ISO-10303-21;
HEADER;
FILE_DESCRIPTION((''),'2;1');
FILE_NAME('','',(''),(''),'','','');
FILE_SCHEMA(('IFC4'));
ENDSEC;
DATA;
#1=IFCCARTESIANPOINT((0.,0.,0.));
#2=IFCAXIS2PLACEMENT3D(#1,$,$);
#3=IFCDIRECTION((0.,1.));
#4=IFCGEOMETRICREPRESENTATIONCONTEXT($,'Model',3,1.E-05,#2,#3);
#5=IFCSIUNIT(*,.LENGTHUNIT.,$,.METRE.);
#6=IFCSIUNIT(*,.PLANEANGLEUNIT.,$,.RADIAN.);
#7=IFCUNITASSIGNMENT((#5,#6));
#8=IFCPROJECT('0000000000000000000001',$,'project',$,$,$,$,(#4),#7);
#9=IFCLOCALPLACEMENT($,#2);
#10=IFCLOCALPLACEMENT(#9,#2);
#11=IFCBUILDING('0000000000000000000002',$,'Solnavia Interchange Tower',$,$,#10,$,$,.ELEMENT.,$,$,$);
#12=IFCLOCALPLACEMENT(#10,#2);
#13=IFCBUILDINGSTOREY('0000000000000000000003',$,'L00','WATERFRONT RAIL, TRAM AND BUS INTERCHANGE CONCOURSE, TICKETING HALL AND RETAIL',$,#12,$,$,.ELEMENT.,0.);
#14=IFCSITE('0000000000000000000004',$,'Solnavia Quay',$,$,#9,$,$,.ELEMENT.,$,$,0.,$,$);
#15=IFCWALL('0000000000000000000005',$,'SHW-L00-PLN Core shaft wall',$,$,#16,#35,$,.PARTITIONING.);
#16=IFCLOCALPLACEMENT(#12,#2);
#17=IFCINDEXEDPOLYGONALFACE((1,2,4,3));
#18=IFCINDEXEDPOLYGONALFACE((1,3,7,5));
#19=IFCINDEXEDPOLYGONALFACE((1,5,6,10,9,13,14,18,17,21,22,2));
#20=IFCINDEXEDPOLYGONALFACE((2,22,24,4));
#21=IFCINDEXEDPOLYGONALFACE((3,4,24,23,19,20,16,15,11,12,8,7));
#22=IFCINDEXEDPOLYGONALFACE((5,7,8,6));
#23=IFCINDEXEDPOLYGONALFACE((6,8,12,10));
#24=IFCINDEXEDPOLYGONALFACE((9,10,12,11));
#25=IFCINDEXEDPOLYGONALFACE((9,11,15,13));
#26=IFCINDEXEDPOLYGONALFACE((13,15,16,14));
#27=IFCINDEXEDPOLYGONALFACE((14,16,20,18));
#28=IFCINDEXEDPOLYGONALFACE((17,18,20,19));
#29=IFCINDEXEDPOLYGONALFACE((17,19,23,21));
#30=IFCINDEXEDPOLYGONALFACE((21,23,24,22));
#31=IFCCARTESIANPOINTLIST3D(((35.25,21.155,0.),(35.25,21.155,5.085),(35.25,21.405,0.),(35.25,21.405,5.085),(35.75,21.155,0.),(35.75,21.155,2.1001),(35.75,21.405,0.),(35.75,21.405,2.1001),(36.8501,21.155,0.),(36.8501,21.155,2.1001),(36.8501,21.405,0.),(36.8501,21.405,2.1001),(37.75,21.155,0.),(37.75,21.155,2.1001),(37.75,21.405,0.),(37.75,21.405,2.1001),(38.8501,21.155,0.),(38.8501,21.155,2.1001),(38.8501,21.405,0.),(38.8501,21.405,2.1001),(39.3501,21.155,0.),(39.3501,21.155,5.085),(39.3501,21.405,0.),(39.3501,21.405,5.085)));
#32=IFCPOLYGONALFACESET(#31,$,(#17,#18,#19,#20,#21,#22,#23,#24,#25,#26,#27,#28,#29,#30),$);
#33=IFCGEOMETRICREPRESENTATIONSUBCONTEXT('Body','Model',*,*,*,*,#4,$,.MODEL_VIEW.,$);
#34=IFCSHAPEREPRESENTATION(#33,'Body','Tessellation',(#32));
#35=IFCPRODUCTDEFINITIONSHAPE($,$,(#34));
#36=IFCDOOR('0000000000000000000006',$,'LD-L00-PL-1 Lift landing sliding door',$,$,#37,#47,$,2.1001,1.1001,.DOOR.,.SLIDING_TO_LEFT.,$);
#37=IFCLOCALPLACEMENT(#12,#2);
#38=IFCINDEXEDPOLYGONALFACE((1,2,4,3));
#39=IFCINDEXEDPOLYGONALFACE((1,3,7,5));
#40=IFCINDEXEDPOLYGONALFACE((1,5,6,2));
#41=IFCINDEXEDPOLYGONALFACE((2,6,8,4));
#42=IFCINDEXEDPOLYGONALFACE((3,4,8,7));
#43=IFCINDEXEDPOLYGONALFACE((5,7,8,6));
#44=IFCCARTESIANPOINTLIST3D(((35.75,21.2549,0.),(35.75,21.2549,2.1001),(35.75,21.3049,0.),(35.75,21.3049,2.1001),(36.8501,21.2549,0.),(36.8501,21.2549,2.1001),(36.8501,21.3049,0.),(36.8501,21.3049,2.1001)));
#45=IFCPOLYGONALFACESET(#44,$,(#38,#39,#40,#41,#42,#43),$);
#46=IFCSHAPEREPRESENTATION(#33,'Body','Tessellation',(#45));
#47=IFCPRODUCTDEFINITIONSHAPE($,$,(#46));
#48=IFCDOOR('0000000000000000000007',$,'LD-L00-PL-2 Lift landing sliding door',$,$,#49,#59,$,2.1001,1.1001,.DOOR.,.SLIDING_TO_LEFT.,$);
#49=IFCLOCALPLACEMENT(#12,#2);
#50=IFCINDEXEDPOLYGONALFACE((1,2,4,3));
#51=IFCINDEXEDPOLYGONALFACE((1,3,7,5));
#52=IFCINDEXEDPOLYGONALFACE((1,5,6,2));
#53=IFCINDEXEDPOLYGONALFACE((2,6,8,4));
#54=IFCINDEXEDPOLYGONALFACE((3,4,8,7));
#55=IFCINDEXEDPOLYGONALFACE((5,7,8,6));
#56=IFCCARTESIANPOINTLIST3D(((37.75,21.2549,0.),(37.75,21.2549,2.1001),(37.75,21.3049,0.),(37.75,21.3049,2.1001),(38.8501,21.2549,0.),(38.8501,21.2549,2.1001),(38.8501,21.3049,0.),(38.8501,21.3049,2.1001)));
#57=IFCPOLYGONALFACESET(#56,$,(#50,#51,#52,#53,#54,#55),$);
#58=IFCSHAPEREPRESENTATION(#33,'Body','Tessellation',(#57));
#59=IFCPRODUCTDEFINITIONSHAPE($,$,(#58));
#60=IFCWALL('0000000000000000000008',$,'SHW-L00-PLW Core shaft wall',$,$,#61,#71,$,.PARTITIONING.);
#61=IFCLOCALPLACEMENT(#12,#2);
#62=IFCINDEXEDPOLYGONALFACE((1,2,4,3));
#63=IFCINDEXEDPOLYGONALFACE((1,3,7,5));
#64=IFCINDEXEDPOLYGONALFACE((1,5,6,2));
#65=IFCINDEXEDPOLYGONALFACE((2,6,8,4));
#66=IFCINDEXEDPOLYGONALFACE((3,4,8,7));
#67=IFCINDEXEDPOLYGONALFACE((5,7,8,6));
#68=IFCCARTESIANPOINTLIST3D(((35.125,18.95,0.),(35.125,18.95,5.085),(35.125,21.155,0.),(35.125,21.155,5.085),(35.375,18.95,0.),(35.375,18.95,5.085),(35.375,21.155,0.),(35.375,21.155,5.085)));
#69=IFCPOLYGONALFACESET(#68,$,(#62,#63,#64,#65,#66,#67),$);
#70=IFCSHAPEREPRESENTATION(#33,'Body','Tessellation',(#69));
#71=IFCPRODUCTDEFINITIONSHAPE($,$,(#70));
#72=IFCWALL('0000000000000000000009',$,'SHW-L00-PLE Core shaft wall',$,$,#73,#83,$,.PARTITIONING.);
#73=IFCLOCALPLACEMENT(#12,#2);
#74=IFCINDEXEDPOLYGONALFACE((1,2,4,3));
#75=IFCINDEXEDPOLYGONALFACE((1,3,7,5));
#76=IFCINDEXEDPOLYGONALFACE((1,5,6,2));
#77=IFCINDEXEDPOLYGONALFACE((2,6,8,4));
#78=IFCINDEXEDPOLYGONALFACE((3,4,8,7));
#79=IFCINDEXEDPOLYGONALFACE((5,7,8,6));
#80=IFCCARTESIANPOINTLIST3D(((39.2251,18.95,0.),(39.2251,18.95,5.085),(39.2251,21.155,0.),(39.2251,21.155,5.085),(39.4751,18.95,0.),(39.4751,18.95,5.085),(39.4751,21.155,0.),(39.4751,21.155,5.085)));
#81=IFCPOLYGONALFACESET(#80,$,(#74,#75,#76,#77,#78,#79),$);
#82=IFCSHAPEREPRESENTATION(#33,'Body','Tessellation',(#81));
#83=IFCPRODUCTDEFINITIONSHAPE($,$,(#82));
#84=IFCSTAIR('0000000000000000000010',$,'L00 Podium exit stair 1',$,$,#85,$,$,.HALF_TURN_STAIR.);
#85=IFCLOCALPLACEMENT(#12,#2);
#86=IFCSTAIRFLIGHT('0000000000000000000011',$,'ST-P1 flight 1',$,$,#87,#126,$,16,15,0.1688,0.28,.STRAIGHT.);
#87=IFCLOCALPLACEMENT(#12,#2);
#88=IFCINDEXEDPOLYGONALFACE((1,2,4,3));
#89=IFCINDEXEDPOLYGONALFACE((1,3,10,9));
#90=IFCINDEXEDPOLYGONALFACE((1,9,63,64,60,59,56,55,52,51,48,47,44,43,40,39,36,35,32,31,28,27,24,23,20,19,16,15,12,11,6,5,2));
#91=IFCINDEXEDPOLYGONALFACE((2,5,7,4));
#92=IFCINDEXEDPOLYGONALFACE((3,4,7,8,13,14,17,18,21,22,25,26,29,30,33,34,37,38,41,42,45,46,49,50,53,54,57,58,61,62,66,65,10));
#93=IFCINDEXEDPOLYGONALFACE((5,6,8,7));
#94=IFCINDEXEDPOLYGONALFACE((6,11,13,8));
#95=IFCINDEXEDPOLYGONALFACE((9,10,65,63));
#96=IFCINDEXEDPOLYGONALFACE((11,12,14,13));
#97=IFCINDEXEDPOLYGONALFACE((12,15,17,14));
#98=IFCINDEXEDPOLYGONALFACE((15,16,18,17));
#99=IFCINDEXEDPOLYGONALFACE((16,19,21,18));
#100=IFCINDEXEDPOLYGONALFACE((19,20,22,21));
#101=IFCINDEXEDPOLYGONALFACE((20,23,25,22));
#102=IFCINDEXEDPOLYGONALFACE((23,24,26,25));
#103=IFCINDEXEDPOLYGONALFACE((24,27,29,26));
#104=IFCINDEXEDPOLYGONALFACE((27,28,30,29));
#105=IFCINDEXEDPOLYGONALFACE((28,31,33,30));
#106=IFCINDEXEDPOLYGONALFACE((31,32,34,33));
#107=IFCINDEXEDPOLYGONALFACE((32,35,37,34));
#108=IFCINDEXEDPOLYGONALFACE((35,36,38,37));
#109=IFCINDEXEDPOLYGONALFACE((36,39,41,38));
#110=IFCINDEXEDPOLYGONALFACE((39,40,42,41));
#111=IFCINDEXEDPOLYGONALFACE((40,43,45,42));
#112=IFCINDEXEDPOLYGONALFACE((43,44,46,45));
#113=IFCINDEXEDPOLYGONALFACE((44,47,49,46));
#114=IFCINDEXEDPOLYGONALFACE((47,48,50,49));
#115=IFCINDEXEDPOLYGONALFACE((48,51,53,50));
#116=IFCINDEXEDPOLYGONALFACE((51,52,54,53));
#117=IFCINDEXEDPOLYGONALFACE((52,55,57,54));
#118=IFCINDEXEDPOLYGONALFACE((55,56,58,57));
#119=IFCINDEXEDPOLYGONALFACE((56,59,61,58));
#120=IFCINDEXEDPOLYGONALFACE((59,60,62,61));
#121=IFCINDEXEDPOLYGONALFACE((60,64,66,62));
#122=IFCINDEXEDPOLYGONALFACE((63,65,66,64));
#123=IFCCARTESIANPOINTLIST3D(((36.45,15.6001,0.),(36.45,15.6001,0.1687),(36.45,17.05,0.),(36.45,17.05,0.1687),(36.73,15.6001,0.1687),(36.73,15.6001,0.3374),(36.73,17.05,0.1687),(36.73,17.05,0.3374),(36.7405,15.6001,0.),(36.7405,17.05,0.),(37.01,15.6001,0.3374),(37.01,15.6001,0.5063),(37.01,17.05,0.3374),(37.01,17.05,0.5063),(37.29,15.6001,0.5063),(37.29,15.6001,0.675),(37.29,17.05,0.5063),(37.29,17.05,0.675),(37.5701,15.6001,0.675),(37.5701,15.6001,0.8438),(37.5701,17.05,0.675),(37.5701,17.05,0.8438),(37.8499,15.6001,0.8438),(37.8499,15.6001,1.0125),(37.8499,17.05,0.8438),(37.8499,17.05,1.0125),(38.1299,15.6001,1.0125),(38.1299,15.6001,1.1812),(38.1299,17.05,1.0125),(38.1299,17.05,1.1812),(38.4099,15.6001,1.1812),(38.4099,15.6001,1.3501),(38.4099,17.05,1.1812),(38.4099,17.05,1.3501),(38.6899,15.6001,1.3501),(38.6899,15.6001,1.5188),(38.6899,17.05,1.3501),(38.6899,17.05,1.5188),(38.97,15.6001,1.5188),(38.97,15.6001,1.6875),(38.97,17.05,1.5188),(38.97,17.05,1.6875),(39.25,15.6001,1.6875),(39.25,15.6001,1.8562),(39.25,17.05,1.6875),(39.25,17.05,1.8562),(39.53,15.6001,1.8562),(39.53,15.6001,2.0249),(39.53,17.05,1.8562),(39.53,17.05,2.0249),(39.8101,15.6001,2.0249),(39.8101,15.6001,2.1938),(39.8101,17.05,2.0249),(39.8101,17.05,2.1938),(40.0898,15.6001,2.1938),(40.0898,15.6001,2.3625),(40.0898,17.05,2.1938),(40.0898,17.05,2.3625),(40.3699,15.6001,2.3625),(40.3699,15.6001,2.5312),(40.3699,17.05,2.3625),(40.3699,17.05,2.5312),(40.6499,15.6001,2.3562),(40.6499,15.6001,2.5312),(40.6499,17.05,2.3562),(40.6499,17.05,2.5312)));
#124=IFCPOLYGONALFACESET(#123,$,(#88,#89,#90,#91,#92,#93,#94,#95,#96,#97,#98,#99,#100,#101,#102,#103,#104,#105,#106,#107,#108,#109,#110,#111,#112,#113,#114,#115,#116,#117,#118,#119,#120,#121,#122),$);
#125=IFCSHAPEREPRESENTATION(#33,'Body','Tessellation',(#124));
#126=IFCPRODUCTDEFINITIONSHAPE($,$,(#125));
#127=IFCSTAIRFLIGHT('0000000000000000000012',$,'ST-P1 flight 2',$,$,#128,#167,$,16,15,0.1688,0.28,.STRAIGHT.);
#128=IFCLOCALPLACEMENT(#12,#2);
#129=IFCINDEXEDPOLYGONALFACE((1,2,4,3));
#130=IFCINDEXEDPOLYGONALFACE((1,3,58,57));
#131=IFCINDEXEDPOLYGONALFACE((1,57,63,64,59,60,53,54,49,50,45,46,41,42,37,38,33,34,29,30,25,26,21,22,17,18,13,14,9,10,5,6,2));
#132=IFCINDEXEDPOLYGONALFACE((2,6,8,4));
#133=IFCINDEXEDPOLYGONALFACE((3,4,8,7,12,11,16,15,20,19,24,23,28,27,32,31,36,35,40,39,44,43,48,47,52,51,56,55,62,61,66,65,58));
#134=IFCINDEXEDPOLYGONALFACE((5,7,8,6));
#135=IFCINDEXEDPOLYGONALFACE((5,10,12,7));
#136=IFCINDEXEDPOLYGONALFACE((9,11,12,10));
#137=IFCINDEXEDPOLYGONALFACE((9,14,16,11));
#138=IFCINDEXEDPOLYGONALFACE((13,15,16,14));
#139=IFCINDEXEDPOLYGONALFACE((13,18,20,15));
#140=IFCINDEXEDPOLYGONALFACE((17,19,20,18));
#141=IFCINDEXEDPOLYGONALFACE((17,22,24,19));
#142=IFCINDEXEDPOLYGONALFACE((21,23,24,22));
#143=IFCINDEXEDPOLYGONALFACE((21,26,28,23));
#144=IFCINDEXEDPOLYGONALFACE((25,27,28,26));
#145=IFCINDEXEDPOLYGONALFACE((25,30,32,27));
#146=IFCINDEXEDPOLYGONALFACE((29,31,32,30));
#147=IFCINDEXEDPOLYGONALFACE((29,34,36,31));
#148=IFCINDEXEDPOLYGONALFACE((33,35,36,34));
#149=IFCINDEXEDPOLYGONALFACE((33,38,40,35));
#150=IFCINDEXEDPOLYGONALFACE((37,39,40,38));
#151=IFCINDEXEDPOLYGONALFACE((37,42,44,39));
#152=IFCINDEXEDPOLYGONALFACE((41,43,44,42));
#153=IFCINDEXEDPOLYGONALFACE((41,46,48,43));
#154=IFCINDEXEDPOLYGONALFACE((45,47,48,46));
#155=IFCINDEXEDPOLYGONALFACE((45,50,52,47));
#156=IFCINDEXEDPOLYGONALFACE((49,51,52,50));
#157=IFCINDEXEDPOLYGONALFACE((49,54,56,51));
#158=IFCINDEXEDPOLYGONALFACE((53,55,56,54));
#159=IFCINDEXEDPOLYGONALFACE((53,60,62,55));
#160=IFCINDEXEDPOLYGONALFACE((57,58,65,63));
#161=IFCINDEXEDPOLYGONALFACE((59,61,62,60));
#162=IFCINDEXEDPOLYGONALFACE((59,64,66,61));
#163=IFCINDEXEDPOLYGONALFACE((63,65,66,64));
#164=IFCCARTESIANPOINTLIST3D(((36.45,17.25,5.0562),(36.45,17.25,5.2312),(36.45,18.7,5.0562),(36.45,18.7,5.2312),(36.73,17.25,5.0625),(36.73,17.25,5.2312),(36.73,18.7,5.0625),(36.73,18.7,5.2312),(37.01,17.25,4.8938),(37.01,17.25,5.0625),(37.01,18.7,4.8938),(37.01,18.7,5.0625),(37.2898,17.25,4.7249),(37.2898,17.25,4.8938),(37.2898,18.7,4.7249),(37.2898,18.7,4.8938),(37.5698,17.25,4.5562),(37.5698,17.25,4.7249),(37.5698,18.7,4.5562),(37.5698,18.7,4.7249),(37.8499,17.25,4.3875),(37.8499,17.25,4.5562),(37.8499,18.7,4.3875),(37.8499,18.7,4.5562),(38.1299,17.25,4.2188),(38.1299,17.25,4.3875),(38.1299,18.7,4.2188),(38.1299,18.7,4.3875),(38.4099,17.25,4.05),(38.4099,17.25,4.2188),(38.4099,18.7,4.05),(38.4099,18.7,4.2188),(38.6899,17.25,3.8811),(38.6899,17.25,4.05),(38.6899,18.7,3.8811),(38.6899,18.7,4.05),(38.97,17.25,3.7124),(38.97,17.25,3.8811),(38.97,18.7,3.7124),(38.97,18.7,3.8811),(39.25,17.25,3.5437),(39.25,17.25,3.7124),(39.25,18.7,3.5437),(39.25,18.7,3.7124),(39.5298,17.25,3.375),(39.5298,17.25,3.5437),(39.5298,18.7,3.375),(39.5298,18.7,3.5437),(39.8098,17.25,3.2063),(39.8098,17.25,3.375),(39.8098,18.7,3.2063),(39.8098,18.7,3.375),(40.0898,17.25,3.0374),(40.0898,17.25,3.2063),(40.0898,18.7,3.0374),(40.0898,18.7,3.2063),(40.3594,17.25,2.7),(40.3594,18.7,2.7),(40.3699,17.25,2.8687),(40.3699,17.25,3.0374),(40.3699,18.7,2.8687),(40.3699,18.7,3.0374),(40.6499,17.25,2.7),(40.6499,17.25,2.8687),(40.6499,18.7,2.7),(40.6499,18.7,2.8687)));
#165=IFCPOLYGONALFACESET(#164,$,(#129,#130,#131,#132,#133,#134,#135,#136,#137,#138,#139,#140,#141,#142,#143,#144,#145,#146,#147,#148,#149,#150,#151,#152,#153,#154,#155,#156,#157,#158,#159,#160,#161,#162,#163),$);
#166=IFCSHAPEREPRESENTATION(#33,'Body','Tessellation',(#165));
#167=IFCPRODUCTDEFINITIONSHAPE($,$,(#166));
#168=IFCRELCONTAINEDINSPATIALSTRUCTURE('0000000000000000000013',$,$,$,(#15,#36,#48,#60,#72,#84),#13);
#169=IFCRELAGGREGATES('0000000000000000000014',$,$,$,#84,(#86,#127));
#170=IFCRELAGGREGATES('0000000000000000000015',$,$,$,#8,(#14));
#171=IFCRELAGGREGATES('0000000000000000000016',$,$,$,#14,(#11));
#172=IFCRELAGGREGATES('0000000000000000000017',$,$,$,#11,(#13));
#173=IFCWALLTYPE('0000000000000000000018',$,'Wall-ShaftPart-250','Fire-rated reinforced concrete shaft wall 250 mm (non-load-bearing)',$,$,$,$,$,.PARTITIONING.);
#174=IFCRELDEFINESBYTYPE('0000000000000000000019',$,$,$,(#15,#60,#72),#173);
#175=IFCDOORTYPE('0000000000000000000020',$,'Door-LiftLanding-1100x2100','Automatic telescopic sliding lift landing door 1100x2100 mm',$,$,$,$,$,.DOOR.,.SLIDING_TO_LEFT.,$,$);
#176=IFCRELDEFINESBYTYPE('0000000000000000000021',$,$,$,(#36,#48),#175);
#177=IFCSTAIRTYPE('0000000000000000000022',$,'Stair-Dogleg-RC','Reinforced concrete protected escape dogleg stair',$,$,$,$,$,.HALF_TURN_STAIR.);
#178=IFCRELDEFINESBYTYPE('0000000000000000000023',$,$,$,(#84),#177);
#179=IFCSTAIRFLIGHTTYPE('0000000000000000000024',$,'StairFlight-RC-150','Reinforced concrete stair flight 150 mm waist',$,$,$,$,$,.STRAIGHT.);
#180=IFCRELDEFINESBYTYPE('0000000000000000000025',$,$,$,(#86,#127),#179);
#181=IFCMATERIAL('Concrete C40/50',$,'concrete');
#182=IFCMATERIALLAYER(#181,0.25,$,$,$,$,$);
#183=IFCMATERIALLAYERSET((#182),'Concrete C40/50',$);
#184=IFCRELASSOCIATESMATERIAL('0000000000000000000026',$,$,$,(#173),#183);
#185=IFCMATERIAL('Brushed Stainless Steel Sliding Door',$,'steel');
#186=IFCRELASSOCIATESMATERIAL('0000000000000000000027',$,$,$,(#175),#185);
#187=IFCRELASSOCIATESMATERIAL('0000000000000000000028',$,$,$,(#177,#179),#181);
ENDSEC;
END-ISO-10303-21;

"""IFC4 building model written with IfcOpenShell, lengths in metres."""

from ifc_helpers import new_model, si_unit, direction, frame, frame_2d, origin, place, context, subcontext, project, spatial, polyline, rectangle, outline, extrude, material, layer, layer_set, type_object, element, fill, aggregate, save


model = new_model("IFC4")

# Units and contexts
model_context = context("Model", 3, precision=1e-05, world=origin(), true_north=direction((0.0, 1.0)))
body_context = subcontext(model_context, "Body", "Model", "MODEL_VIEW")
ifc_project = project(units=[si_unit("LENGTHUNIT", "METRE"), si_unit("PLANEANGLEUNIT", "RADIAN")], contexts=[model_context])

# Site, building, storey
site_placement = place(None, origin())
site = spatial("IfcSite", under=ifc_project, at=site_placement, Name="Solnavia Quay", CompositionType="ELEMENT", RefElevation=0.0)
building_placement = place(site_placement, origin())
building = spatial("IfcBuilding", under=site, at=building_placement, Name="Solnavia Interchange Tower", CompositionType="ELEMENT")
storey_placement = place(building_placement, origin())
storey = spatial("IfcBuildingStorey", under=building, at=storey_placement, Name="L00", Description="WATERFRONT RAIL, TRAM AND BUS INTERCHANGE CONCOURSE, TICKETING HALL AND RETAIL", CompositionType="ELEMENT", Elevation=0.0)

# Shared definitions
ifc_material_1 = material(Name="Concrete C40/50", Category="concrete")

# Wall, openings, doors
ifc_layer_1 = layer(ifc_material_1, 0.25)
ifc_layer_set_1 = layer_set([ifc_layer_1], Name="Concrete C40/50")
wall_type_1 = type_object("IfcWallType", Name="Wall-ShaftPart-250", Description="Fire-rated reinforced concrete shaft wall 250 mm (non-load-bearing)", PredefinedType="PARTITIONING", material=ifc_layer_set_1)
wall_placement = place(storey_placement, frame((35.25, 21.28, 0.0), z_axis=(0.0, 0.0, 1.0), x_axis=(1.0, 0.0, 0.0)))
wall = element("IfcWall", 1, at=wall_placement, inside=storey, type_object=wall_type_1, Name="SHW-L00-PLN Core shaft wall", PredefinedType="PARTITIONING", context=body_context, shape_type="SweptSolid", body=[
    extrude(rectangle(XDim=4.1001, YDim=0.25, at=frame_2d((2.05, 0.0))), origin(), (0.0, 0.0, 1.0), 5.085),
])
opening_1_placement = place(wall_placement, frame((0.5, 0.0, 0.0)))
opening_1 = element("IfcOpeningElement", 2, at=opening_1_placement, cuts=wall, PredefinedType="OPENING", context=body_context, shape_type="SweptSolid", body=[
    extrude(rectangle(XDim=1.1001, YDim=2.1001, at=frame_2d((0.55, 1.05))), frame((0.0, 0.135, 0.0), z_axis=(0.0, -1.0, 0.0), x_axis=(1.0, 0.0, 0.0)), (0.0, 0.0, 1.0), 0.27),
])
opening_2_placement = place(wall_placement, frame((2.5, 0.0, 0.0)))
opening_2 = element("IfcOpeningElement", 3, at=opening_2_placement, cuts=wall, PredefinedType="OPENING", context=body_context, shape_type="SweptSolid", body=[
    extrude(rectangle(XDim=1.1001, YDim=2.1001, at=frame_2d((0.55, 1.05))), frame((0.0, 0.135, 0.0), z_axis=(0.0, -1.0, 0.0), x_axis=(1.0, 0.0, 0.0)), (0.0, 0.0, 1.0), 0.27),
])
ifc_material_2 = material(Name="Brushed Stainless Steel Sliding Door", Category="steel")
door_type = type_object("IfcDoorType", Name="Door-LiftLanding-1100x2100", Description="Automatic telescopic sliding lift landing door 1100x2100 mm", OperationType="SLIDING_TO_LEFT", PredefinedType="DOOR", material=ifc_material_2)
door_1_placement = place(opening_1_placement, origin())
door_1 = element("IfcDoor", 4, at=door_1_placement, inside=storey, type_object=door_type, Name="LD-L00-PL-1 Lift landing sliding door", OperationType="SLIDING_TO_LEFT", OverallHeight=2.1001, OverallWidth=1.1001, PredefinedType="DOOR", context=body_context, shape_type="SweptSolid", body=[
    extrude(rectangle(XDim=1.1001, YDim=2.1001, at=frame_2d((0.55, 1.05))), frame((0.0, 0.0249, 0.0), z_axis=(0.0, -1.0, 0.0), x_axis=(1.0, 0.0, 0.0)), (0.0, 0.0, 1.0), 0.05),
])
fill(opening_1, door_1)
door_2_placement = place(opening_2_placement, origin())
door_2 = element("IfcDoor", 5, at=door_2_placement, inside=storey, type_object=door_type, Name="LD-L00-PL-2 Lift landing sliding door", OperationType="SLIDING_TO_LEFT", OverallHeight=2.1001, OverallWidth=1.1001, PredefinedType="DOOR", context=body_context, shape_type="SweptSolid", body=[
    extrude(rectangle(XDim=1.1001, YDim=2.1001, at=frame_2d((0.55, 1.05))), frame((0.0, 0.0249, 0.0), z_axis=(0.0, -1.0, 0.0), x_axis=(1.0, 0.0, 0.0)), (0.0, 0.0, 1.0), 0.05),
])
fill(opening_2, door_2)

# Walls
for number, where, z_axis, x_axis, name in (
    (6, (35.25, 18.95, 0.0), (0.0, 0.0, 1.0), (0.0, 1.0, 0.0), "SHW-L00-PLW Core shaft wall"),
    (7, (39.3501, 18.95, 0.0), (0.0, 0.0, 1.0), (0.0, 1.0, 0.0), "SHW-L00-PLE Core shaft wall"),
):
    element("IfcWall", number, at=place(storey_placement, frame(where, z_axis=z_axis, x_axis=x_axis)), inside=storey, type_object=wall_type_1, Name=name, PredefinedType="PARTITIONING", context=body_context, shape_type="SweptSolid", body=[
        extrude(rectangle(XDim=2.2051, YDim=0.25, at=frame_2d((1.1025, 0.0))), origin(), (0.0, 0.0, 1.0), 5.085),
    ])

# Stair, stair flights
stair_type = type_object("IfcStairType", Name="Stair-Dogleg-RC", Description="Reinforced concrete protected escape dogleg stair", PredefinedType="HALF_TURN_STAIR", material=ifc_material_1)
stair_placement = place(storey_placement, origin())
stair = element("IfcStair", 8, at=stair_placement, inside=storey, type_object=stair_type, Name="L00 Podium exit stair 1", PredefinedType="HALF_TURN_STAIR")
stair_flight_type = type_object("IfcStairFlightType", Name="StairFlight-RC-150", Description="Reinforced concrete stair flight 150 mm waist", PredefinedType="STRAIGHT", material=ifc_material_1)
stair_flight_1_placement = place(storey_placement, frame((36.45, 16.325, 0.0), z_axis=(0.0, 0.0, 1.0), x_axis=(1.0, 0.0, 0.0)))
stair_flight_1 = element("IfcStairFlight", 9, at=stair_flight_1_placement, type_object=stair_flight_type, Name="ST-P1 flight 1", NumberOfRisers=16, NumberOfTreads=15, PredefinedType="STRAIGHT", RiserHeight=0.1688, TreadLength=0.28, context=body_context, shape_type="SweptSolid", body=[
    extrude(outline(polyline([(0.0, 0.0), (0.0, 0.1687), (0.28, 0.1687), (0.28, 0.3374), (0.5601, 0.3374), (0.5601, 0.5063), (0.8401, 0.5063), (0.8401, 0.675), (1.1201, 0.675), (1.1201, 0.8438), (1.3999, 0.8438), (1.3999, 1.0125), (1.6799, 1.0125), (1.6799, 1.1812), (1.96, 1.1812), (1.96, 1.3501), (2.24, 1.3501), (2.24, 1.5188), (2.52, 1.5188), (2.52, 1.6875), (2.8, 1.6875), (2.8, 1.8562), (3.0801, 1.8562), (3.0801, 2.0249), (3.3601, 2.0249), (3.3601, 2.1938), (3.6399, 2.1938), (3.6399, 2.3625), (3.9199, 2.3625), (3.9199, 2.5312), (4.2, 2.5312), (4.2, 2.7), (4.2, 2.3562), (0.2905, 0.0), (0.0, 0.0)])), frame((0.0, 0.7251, 0.0), z_axis=(0.0, -1.0, 0.0), x_axis=(1.0, 0.0, 0.0)), (0.0, 0.0, 1.0), 1.45),
])
stair_flight_2_placement = place(storey_placement, frame((40.6499, 17.9751, 2.7), z_axis=(0.0, 0.0, 1.0), x_axis=(-1.0, 0.0, 0.0)))
stair_flight_2 = element("IfcStairFlight", 10, at=stair_flight_2_placement, type_object=stair_flight_type, Name="ST-P1 flight 2", NumberOfRisers=16, NumberOfTreads=15, PredefinedType="STRAIGHT", RiserHeight=0.1688, TreadLength=0.28, context=body_context, shape_type="SweptSolid", body=[
    extrude(outline(polyline([(0.0, 0.0), (0.0, 0.1687), (0.28, 0.1687), (0.28, 0.3374), (0.5601, 0.3374), (0.5601, 0.5063), (0.8401, 0.5063), (0.8401, 0.675), (1.1201, 0.675), (1.1201, 0.8438), (1.3999, 0.8438), (1.3999, 1.0125), (1.6799, 1.0125), (1.6799, 1.1812), (1.96, 1.1812), (1.96, 1.3501), (2.24, 1.3501), (2.24, 1.5188), (2.52, 1.5188), (2.52, 1.6875), (2.8, 1.6875), (2.8, 1.8562), (3.0801, 1.8562), (3.0801, 2.0249), (3.3601, 2.0249), (3.3601, 2.1938), (3.6399, 2.1938), (3.6399, 2.3625), (3.9199, 2.3625), (3.9199, 2.5312), (4.2, 2.5312), (4.2, 2.7), (4.2, 2.3562), (0.2905, 0.0), (0.0, 0.0)])), frame((0.0, 0.7251, 0.0), z_axis=(0.0, -1.0, 0.0), x_axis=(1.0, 0.0, 0.0)), (0.0, 0.0, 1.0), 1.45),
])
aggregate(stair, [stair_flight_1, stair_flight_2])

save(model, "model.ifc")
